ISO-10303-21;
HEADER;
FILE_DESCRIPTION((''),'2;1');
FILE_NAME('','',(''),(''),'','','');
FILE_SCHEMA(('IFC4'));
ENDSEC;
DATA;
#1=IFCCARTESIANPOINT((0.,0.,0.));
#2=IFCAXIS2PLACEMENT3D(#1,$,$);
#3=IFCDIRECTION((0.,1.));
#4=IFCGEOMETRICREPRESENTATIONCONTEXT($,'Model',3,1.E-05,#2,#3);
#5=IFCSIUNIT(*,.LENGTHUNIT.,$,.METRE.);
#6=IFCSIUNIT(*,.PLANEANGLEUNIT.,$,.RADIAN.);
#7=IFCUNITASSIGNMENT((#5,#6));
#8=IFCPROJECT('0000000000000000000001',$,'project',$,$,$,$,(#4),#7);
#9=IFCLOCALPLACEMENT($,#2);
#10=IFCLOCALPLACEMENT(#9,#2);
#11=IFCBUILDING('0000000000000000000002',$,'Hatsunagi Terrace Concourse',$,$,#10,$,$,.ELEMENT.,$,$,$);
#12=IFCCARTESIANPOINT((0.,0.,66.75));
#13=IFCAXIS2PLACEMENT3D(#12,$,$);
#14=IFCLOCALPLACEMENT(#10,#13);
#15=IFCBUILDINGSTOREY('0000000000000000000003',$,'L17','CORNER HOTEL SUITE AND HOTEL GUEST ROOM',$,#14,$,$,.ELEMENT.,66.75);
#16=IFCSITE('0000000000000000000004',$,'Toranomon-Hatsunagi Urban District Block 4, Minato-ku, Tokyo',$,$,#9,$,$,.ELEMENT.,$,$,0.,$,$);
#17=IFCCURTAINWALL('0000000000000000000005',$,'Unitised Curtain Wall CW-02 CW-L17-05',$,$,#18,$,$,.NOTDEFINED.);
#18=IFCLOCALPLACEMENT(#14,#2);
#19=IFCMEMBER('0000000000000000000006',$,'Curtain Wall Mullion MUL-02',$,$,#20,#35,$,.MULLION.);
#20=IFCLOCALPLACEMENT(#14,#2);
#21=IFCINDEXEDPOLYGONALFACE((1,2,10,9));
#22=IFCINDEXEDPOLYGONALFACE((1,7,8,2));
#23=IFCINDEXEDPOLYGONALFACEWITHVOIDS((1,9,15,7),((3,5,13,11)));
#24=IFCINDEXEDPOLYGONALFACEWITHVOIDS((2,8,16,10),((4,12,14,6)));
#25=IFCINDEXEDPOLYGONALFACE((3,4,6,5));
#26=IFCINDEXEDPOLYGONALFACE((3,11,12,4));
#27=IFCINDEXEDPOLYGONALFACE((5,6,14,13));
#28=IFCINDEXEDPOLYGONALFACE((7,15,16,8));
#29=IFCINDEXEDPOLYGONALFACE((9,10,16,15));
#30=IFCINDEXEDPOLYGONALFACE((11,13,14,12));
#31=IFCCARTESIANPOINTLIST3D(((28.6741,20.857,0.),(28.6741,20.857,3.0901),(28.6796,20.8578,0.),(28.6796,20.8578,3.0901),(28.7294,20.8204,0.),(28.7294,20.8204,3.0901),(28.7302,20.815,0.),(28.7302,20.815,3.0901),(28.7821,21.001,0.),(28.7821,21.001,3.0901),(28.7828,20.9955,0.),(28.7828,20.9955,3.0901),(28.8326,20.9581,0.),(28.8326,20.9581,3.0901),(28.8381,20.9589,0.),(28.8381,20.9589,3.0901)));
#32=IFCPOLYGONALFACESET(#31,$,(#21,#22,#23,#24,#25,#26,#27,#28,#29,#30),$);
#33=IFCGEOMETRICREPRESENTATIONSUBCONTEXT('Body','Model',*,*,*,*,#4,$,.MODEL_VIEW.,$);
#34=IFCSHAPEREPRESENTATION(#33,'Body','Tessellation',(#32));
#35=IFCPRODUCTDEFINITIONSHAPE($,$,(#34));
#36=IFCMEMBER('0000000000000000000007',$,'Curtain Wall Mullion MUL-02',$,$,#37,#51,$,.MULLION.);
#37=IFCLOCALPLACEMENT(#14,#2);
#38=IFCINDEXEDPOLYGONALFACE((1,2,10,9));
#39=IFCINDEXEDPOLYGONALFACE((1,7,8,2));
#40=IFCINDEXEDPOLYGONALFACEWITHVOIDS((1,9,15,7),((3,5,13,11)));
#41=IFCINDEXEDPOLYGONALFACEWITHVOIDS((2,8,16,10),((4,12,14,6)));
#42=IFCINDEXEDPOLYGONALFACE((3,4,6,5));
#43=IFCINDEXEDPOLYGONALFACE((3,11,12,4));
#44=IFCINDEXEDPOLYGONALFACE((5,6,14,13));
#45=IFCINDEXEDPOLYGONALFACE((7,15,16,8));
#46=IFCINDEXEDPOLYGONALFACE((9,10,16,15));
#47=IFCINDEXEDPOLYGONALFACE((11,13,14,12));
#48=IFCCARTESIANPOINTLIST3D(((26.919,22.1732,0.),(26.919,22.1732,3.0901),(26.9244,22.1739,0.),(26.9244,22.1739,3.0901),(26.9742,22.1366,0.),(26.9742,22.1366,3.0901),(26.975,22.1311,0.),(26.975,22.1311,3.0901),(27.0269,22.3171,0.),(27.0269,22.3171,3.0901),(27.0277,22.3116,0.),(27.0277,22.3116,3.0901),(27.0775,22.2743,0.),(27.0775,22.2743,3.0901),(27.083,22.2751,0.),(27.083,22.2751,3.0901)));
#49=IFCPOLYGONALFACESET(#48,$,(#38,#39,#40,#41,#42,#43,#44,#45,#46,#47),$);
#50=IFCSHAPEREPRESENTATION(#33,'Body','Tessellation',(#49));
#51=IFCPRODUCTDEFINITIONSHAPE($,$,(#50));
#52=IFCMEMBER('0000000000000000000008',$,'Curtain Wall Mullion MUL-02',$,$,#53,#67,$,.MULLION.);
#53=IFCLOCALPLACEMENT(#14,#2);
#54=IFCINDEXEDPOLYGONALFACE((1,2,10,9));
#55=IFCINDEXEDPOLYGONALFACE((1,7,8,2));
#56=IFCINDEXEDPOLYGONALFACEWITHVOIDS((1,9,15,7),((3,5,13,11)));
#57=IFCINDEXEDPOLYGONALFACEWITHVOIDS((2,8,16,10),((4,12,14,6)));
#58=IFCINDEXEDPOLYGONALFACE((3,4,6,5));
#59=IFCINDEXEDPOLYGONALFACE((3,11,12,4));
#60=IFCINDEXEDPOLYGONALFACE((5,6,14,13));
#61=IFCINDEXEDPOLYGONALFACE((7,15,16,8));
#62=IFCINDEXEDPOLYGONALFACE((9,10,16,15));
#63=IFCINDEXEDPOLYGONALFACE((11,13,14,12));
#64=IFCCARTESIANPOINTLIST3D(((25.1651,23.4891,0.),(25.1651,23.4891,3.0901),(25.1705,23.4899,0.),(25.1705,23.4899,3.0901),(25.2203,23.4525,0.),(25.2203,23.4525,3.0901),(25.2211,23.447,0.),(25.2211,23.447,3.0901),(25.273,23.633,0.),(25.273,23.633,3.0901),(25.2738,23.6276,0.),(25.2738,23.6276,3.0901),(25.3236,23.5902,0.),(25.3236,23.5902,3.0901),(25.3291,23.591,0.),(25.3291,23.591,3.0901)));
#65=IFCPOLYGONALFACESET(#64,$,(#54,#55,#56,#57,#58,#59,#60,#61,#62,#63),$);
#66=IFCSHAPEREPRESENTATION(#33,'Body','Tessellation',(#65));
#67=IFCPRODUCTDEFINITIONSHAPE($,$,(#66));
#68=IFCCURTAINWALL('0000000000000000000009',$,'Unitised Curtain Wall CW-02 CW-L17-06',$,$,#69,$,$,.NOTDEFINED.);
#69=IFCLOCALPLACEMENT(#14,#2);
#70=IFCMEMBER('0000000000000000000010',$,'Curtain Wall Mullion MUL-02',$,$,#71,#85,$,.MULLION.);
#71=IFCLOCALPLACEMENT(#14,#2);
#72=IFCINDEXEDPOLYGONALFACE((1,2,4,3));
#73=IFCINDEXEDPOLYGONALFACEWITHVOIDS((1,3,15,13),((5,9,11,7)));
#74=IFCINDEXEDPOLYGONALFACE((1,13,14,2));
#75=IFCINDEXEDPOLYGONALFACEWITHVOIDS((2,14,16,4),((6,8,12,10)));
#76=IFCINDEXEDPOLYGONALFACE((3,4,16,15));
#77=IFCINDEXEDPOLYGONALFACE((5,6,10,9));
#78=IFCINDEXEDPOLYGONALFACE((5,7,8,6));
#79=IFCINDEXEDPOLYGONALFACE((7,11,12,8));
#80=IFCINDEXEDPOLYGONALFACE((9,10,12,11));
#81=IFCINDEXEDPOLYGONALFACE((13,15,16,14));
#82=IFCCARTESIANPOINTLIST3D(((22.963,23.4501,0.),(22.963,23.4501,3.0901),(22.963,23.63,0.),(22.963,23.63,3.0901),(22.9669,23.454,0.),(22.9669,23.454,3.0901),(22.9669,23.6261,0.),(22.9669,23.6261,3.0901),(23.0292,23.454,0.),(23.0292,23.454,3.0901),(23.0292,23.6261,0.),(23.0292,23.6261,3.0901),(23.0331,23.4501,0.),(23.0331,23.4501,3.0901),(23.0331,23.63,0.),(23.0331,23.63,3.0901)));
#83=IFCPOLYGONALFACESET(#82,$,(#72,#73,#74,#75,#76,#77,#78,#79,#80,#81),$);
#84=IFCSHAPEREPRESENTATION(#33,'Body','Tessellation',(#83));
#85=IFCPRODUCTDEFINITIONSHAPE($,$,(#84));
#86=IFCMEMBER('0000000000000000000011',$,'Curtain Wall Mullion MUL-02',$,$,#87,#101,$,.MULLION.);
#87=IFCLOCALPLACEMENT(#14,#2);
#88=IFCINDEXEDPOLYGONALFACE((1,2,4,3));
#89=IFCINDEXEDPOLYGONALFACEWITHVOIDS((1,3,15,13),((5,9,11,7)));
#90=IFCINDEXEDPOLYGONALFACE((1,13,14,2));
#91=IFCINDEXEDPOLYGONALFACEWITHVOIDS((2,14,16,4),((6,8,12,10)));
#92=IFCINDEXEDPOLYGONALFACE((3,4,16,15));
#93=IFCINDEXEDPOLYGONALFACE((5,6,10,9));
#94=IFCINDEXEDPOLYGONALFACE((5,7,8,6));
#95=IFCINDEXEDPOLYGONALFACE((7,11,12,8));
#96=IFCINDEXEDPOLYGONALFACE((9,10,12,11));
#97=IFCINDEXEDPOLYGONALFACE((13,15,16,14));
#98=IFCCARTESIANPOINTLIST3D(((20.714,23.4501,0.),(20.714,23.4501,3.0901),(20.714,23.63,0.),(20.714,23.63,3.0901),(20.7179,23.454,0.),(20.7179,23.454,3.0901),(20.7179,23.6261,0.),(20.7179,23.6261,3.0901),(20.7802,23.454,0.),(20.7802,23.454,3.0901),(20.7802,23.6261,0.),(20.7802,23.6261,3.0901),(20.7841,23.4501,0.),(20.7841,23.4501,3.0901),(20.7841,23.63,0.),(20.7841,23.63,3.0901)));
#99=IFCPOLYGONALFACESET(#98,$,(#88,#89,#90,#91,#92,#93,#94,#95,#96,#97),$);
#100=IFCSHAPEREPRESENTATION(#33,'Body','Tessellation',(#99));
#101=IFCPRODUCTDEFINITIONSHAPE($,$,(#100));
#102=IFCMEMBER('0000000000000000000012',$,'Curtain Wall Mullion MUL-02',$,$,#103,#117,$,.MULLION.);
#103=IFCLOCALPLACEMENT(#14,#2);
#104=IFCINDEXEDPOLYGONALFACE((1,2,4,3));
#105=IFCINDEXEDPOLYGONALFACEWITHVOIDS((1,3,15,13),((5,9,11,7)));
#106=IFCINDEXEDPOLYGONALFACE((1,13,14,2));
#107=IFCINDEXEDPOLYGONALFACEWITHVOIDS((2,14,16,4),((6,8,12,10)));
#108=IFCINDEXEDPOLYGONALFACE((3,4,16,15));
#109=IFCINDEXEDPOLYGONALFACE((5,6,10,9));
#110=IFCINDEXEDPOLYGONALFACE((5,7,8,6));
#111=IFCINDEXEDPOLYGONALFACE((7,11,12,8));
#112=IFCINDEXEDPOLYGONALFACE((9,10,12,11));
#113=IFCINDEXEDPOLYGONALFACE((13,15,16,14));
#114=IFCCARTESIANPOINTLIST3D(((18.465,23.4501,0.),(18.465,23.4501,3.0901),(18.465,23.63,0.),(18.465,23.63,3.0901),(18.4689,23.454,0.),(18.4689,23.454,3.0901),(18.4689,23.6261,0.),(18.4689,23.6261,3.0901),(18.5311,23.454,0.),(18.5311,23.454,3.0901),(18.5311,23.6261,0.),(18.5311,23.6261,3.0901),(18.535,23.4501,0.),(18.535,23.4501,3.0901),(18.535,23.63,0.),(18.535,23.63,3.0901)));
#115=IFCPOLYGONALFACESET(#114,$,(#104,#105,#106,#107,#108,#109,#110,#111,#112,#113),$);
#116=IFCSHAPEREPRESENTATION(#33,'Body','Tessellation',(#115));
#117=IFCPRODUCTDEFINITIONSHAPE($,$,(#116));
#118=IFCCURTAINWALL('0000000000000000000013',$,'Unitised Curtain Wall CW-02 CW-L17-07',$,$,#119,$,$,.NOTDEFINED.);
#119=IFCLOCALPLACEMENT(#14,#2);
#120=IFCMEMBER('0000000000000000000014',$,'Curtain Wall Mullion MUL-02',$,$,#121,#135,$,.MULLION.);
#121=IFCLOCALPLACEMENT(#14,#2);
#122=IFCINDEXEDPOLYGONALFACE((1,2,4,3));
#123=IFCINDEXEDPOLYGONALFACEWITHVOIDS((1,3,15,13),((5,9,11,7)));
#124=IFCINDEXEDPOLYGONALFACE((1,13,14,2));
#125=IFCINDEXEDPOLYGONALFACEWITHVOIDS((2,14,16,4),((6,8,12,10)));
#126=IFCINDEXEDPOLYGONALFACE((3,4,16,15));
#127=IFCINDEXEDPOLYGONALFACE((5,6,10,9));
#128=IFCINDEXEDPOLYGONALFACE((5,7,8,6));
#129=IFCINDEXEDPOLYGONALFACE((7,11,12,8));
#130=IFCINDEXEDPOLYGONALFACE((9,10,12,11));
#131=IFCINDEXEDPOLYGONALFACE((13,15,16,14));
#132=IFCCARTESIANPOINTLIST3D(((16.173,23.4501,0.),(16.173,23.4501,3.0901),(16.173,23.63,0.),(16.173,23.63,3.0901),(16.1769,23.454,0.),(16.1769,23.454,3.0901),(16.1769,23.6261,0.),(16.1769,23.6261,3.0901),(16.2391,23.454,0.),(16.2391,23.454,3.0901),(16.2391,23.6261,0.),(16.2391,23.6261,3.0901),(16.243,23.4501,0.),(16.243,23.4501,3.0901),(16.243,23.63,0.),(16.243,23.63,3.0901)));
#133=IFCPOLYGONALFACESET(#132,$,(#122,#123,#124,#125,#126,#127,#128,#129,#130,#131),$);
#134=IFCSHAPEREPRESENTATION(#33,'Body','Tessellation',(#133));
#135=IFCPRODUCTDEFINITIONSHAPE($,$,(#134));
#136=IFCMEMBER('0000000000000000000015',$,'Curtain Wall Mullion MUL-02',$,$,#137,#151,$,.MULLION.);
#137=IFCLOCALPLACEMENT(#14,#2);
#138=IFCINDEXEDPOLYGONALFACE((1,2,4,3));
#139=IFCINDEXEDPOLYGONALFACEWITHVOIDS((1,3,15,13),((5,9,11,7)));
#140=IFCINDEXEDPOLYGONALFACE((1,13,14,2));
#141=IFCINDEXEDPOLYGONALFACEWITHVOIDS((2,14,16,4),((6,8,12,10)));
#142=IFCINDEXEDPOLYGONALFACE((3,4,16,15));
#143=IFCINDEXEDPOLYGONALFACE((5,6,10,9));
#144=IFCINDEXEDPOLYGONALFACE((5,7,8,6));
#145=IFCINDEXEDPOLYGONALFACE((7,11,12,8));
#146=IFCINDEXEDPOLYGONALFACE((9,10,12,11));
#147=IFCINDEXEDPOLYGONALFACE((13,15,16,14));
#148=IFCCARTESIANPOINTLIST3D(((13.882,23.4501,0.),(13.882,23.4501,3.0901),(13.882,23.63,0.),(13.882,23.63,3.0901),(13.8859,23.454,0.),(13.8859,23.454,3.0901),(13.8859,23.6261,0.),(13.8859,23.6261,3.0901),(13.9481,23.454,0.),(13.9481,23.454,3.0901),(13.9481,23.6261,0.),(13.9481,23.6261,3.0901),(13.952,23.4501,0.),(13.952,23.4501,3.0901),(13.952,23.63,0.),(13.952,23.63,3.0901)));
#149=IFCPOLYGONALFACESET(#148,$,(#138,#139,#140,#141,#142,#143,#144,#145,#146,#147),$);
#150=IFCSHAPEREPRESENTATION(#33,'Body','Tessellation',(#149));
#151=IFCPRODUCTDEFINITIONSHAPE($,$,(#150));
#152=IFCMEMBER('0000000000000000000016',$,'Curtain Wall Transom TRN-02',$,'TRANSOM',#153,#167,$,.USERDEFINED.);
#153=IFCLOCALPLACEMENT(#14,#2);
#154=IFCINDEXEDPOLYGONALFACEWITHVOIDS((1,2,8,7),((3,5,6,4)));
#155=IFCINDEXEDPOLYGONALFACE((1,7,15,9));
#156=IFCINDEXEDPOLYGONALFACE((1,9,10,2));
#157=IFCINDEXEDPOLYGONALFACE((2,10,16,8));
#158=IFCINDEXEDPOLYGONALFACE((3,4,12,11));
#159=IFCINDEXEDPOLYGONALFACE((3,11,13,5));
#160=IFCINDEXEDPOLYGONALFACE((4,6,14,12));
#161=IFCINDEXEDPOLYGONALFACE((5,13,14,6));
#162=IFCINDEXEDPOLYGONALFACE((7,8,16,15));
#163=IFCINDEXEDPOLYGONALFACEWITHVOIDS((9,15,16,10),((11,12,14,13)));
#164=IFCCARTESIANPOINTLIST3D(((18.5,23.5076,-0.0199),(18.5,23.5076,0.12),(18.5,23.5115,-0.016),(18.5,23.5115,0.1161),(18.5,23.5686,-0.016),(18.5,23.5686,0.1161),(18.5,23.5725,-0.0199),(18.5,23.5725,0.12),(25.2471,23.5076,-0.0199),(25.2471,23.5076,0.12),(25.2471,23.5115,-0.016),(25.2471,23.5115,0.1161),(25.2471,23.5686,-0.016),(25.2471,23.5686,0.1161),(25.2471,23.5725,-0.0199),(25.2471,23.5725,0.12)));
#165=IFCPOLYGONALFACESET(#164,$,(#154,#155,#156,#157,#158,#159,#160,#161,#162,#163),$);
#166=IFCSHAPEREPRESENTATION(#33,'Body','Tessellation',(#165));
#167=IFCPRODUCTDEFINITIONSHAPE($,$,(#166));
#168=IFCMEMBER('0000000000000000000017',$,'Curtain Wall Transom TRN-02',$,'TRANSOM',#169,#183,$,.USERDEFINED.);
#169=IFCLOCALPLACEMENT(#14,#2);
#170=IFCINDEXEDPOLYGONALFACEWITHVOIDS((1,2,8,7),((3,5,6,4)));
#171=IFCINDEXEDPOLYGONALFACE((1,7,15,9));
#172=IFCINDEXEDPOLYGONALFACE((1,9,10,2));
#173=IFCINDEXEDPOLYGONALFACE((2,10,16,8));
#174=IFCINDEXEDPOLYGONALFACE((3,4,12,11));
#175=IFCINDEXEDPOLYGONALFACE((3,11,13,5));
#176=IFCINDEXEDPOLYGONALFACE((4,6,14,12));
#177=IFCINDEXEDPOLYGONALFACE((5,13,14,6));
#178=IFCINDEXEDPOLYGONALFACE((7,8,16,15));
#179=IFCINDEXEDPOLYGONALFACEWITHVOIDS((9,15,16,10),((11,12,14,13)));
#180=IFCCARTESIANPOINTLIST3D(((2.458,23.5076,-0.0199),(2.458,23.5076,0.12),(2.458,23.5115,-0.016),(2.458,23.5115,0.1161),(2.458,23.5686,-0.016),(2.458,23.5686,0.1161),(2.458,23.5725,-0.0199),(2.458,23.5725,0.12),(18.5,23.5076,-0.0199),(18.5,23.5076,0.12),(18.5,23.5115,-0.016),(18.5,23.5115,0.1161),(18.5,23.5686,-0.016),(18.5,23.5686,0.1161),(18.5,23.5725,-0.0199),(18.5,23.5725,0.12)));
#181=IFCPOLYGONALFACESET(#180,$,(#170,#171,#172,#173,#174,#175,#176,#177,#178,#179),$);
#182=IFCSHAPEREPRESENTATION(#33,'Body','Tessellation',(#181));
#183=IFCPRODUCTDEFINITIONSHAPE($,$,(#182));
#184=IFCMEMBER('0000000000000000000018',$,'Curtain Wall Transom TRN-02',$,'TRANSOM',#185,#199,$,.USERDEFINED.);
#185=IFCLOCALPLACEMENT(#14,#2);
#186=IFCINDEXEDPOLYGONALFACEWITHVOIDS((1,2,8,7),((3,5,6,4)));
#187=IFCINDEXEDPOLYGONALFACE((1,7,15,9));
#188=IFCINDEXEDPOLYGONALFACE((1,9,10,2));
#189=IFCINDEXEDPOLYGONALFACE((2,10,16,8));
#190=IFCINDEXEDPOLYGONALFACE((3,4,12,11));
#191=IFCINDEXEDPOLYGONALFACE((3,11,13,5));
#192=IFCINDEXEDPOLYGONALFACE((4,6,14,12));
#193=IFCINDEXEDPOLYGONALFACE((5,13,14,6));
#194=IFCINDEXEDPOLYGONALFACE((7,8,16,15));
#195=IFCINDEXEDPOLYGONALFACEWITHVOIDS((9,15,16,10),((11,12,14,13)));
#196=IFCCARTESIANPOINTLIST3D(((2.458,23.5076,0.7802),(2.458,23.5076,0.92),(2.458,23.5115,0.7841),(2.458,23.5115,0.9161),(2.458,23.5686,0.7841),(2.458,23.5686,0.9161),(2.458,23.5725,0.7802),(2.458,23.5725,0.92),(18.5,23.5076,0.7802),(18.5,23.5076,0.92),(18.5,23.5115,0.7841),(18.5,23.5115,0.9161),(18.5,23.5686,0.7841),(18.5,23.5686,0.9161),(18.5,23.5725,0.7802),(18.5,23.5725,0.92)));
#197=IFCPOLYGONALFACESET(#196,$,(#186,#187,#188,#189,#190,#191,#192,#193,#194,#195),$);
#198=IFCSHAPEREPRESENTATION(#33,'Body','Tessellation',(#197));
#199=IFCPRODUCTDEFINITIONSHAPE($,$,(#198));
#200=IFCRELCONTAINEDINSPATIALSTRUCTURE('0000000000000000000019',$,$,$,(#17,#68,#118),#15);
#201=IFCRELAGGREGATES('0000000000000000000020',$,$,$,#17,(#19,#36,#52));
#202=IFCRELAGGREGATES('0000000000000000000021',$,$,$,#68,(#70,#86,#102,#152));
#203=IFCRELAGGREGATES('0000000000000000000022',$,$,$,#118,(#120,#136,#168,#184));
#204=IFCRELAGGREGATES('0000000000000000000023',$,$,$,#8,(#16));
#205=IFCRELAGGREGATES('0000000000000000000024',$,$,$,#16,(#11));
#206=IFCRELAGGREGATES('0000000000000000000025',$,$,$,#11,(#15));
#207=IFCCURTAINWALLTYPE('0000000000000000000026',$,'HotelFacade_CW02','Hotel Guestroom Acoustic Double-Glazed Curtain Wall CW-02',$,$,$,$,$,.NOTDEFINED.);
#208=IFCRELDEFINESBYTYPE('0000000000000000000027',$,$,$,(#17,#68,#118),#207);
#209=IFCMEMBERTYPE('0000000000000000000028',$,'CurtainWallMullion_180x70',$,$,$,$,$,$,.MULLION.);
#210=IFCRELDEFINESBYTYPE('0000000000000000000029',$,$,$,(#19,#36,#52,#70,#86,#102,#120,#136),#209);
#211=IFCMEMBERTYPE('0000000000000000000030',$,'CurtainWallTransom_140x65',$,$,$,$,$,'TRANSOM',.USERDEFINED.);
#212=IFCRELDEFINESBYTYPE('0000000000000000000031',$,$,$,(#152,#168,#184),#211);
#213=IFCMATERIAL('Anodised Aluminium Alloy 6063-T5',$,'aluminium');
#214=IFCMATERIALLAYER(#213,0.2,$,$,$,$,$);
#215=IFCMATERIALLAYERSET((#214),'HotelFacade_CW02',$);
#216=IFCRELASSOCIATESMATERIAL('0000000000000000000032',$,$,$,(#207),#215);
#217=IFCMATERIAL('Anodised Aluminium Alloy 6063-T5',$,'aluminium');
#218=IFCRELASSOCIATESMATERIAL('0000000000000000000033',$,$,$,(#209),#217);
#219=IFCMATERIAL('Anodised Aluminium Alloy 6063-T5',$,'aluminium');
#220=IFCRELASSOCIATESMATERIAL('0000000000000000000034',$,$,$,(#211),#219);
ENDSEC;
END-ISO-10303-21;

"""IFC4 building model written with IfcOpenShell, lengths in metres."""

from ifc_helpers import new_model, si_unit, direction, frame, origin, origin_2d, place, context, subcontext, project, spatial, hollow_rectangle, extrude, material, layer, layer_set, material_profile, profile_set, type_object, element, aggregate, save


model = new_model("IFC4")

# Units and contexts
model_context = context("Model", 3, precision=1e-05, world=origin(), true_north=direction((0.0, 1.0)))
body_context = subcontext(model_context, "Body", "Model", "MODEL_VIEW")
ifc_project = project(units=[si_unit("LENGTHUNIT", "METRE"), si_unit("PLANEANGLEUNIT", "RADIAN")], contexts=[model_context])

# Site, building, storey
site_placement = place(None, origin())
site = spatial("IfcSite", under=ifc_project, at=site_placement, Name="Toranomon-Hatsunagi Urban District Block 4, Minato-ku, Tokyo", CompositionType="ELEMENT", RefElevation=0.0)
building_placement = place(site_placement, origin())
building = spatial("IfcBuilding", under=site, at=building_placement, Name="Hatsunagi Terrace Concourse", CompositionType="ELEMENT")
storey_placement = place(building_placement, frame((0.0, 0.0, 66.75)))
storey = spatial("IfcBuildingStorey", under=building, at=storey_placement, Name="L17", Description="CORNER HOTEL SUITE AND HOTEL GUEST ROOM", CompositionType="ELEMENT", Elevation=66.75)

# Curtain walls, members
ifc_material_1 = material(Name="Anodised Aluminium Alloy 6063-T5", Category="aluminium")
ifc_layer_1 = layer(ifc_material_1, 0.2)
ifc_layer_set_1 = layer_set([ifc_layer_1], Name="HotelFacade_CW02")
curtain_wall_type = type_object("IfcCurtainWallType", Name="HotelFacade_CW02", Description="Hotel Guestroom Acoustic Double-Glazed Curtain Wall CW-02", PredefinedType="NOTDEFINED", material=ifc_layer_set_1)
curtain_wall_1_placement = place(storey_placement, origin())
curtain_wall_1 = element("IfcCurtainWall", 1, at=curtain_wall_1_placement, inside=storey, type_object=curtain_wall_type, Name="Unitised Curtain Wall CW-02 CW-L17-05", PredefinedType="NOTDEFINED")
ifc_material_2 = material(Name="Anodised Aluminium Alloy 6063-T5", Category="aluminium")
ifc_material_profile_1 = material_profile(ifc_material_2, hollow_rectangle(XDim=0.0701, YDim=0.1799, WallThickness=0.0039, at=origin_2d()), Name="ALU-MUL-180x70x4")
ifc_profile_set_1 = profile_set([ifc_material_profile_1], Name="Anodised Aluminium Alloy 6063-T5")
member_type_1 = type_object("IfcMemberType", Name="CurtainWallMullion_180x70", PredefinedType="MULLION", material=ifc_profile_set_1)
member_1_placement = place(storey_placement, frame((28.7561, 20.908, 0.0), z_axis=(0.0, 0.0, 1.0), x_axis=(-0.800003, 0.599996, 0.0)))
member_1 = element("IfcMember", 2, at=member_1_placement, type_object=member_type_1, Name="Curtain Wall Mullion MUL-02", PredefinedType="MULLION", context=body_context, shape_type="SweptSolid", body=[
    extrude(hollow_rectangle(XDim=0.0701, YDim=0.1799, WallThickness=0.0039, at=origin_2d()), origin(), (0.0, 0.0, 1.0), 3.0901),
])
member_2_placement = place(storey_placement, frame((27.001, 22.2241, 0.0), z_axis=(0.0, 0.0, 1.0), x_axis=(-0.800003, 0.599996, 0.0)))
member_2 = element("IfcMember", 3, at=member_2_placement, type_object=member_type_1, Name="Curtain Wall Mullion MUL-02", PredefinedType="MULLION", context=body_context, shape_type="SweptSolid", body=[
    extrude(hollow_rectangle(XDim=0.0701, YDim=0.1799, WallThickness=0.0039, at=origin_2d()), origin(), (0.0, 0.0, 1.0), 3.0901),
])
member_3_placement = place(storey_placement, frame((25.2471, 23.54, 0.0), z_axis=(0.0, 0.0, 1.0), x_axis=(-0.800003, 0.599996, 0.0)))
member_3 = element("IfcMember", 4, at=member_3_placement, type_object=member_type_1, Name="Curtain Wall Mullion MUL-02", PredefinedType="MULLION", context=body_context, shape_type="SweptSolid", body=[
    extrude(hollow_rectangle(XDim=0.0701, YDim=0.1799, WallThickness=0.0039, at=origin_2d()), origin(), (0.0, 0.0, 1.0), 3.0901),
])
curtain_wall_2_placement = place(storey_placement, origin())
curtain_wall_2 = element("IfcCurtainWall", 5, at=curtain_wall_2_placement, inside=storey, type_object=curtain_wall_type, Name="Unitised Curtain Wall CW-02 CW-L17-06", PredefinedType="NOTDEFINED")
member_4_placement = place(storey_placement, frame((22.998, 23.54, 0.0), z_axis=(0.0, 0.0, 1.0), x_axis=(-1.0, 0.0, 0.0)))
member_4 = element("IfcMember", 6, at=member_4_placement, type_object=member_type_1, Name="Curtain Wall Mullion MUL-02", PredefinedType="MULLION", context=body_context, shape_type="SweptSolid", body=[
    extrude(hollow_rectangle(XDim=0.0701, YDim=0.1799, WallThickness=0.0039, at=origin_2d()), origin(), (0.0, 0.0, 1.0), 3.0901),
])
member_5_placement = place(storey_placement, frame((20.749, 23.54, 0.0), z_axis=(0.0, 0.0, 1.0), x_axis=(-1.0, 0.0, 0.0)))
member_5 = element("IfcMember", 7, at=member_5_placement, type_object=member_type_1, Name="Curtain Wall Mullion MUL-02", PredefinedType="MULLION", context=body_context, shape_type="SweptSolid", body=[
    extrude(hollow_rectangle(XDim=0.0701, YDim=0.1799, WallThickness=0.0039, at=origin_2d()), origin(), (0.0, 0.0, 1.0), 3.0901),
])
member_6_placement = place(storey_placement, frame((18.5, 23.54, 0.0), z_axis=(0.0, 0.0, 1.0), x_axis=(-1.0, 0.0, 0.0)))
member_6 = element("IfcMember", 8, at=member_6_placement, type_object=member_type_1, Name="Curtain Wall Mullion MUL-02", PredefinedType="MULLION", context=body_context, shape_type="SweptSolid", body=[
    extrude(hollow_rectangle(XDim=0.0701, YDim=0.1799, WallThickness=0.0039, at=origin_2d()), origin(), (0.0, 0.0, 1.0), 3.0901),
])
curtain_wall_3_placement = place(storey_placement, origin())
curtain_wall_3 = element("IfcCurtainWall", 9, at=curtain_wall_3_placement, inside=storey, type_object=curtain_wall_type, Name="Unitised Curtain Wall CW-02 CW-L17-07", PredefinedType="NOTDEFINED")
member_7_placement = place(storey_placement, frame((16.208, 23.54, 0.0), z_axis=(0.0, 0.0, 1.0), x_axis=(-1.0, 0.0, 0.0)))
member_7 = element("IfcMember", 10, at=member_7_placement, type_object=member_type_1, Name="Curtain Wall Mullion MUL-02", PredefinedType="MULLION", context=body_context, shape_type="SweptSolid", body=[
    extrude(hollow_rectangle(XDim=0.0701, YDim=0.1799, WallThickness=0.0039, at=origin_2d()), origin(), (0.0, 0.0, 1.0), 3.0901),
])
member_8_placement = place(storey_placement, frame((13.917, 23.54, 0.0), z_axis=(0.0, 0.0, 1.0), x_axis=(-1.0, 0.0, 0.0)))
member_8 = element("IfcMember", 11, at=member_8_placement, type_object=member_type_1, Name="Curtain Wall Mullion MUL-02", PredefinedType="MULLION", context=body_context, shape_type="SweptSolid", body=[
    extrude(hollow_rectangle(XDim=0.0701, YDim=0.1799, WallThickness=0.0039, at=origin_2d()), origin(), (0.0, 0.0, 1.0), 3.0901),
])

# Members
ifc_material_3 = material(Name="Anodised Aluminium Alloy 6063-T5", Category="aluminium")
ifc_material_profile_2 = material_profile(ifc_material_3, hollow_rectangle(XDim=0.0649, YDim=0.1399, WallThickness=0.0039, at=origin_2d()), Name="ALU-TRN-140x65x4")
ifc_profile_set_2 = profile_set([ifc_material_profile_2], Name="Anodised Aluminium Alloy 6063-T5")
member_type_2 = type_object("IfcMemberType", Name="CurtainWallTransom_140x65", ElementType="TRANSOM", PredefinedType="USERDEFINED", material=ifc_profile_set_2)
member_9_placement = place(storey_placement, frame((25.2471, 23.54, 0.05), z_axis=(-1.0, 0.0, 0.0), x_axis=(0.0, -1.0, 0.0)))
member_9 = element("IfcMember", 12, at=member_9_placement, type_object=member_type_2, Name="Curtain Wall Transom TRN-02", ObjectType="TRANSOM", PredefinedType="USERDEFINED", context=body_context, shape_type="SweptSolid", body=[
    extrude(hollow_rectangle(XDim=0.0649, YDim=0.1399, WallThickness=0.0039, at=origin_2d()), origin(), (0.0, 0.0, 1.0), 6.7471),
])
member_10_placement = place(storey_placement, frame((18.5, 23.54, 0.05), z_axis=(-1.0, 0.0, 0.0), x_axis=(0.0, -1.0, 0.0)))
member_10 = element("IfcMember", 13, at=member_10_placement, type_object=member_type_2, Name="Curtain Wall Transom TRN-02", ObjectType="TRANSOM", PredefinedType="USERDEFINED", context=body_context, shape_type="SweptSolid", body=[
    extrude(hollow_rectangle(XDim=0.0649, YDim=0.1399, WallThickness=0.0039, at=origin_2d()), origin(), (0.0, 0.0, 1.0), 16.042),
])
member_11_placement = place(storey_placement, frame((18.5, 23.54, 0.8501), z_axis=(-1.0, 0.0, 0.0), x_axis=(0.0, -1.0, 0.0)))
member_11 = element("IfcMember", 14, at=member_11_placement, type_object=member_type_2, Name="Curtain Wall Transom TRN-02", ObjectType="TRANSOM", PredefinedType="USERDEFINED", context=body_context, shape_type="SweptSolid", body=[
    extrude(hollow_rectangle(XDim=0.0649, YDim=0.1399, WallThickness=0.0039, at=origin_2d()), origin(), (0.0, 0.0, 1.0), 16.042),
])

aggregate(curtain_wall_1, [member_1, member_2, member_3])
aggregate(curtain_wall_2, [member_4, member_5, member_6, member_9])
aggregate(curtain_wall_3, [member_7, member_8, member_10, member_11])

save(model, "model.ifc")
